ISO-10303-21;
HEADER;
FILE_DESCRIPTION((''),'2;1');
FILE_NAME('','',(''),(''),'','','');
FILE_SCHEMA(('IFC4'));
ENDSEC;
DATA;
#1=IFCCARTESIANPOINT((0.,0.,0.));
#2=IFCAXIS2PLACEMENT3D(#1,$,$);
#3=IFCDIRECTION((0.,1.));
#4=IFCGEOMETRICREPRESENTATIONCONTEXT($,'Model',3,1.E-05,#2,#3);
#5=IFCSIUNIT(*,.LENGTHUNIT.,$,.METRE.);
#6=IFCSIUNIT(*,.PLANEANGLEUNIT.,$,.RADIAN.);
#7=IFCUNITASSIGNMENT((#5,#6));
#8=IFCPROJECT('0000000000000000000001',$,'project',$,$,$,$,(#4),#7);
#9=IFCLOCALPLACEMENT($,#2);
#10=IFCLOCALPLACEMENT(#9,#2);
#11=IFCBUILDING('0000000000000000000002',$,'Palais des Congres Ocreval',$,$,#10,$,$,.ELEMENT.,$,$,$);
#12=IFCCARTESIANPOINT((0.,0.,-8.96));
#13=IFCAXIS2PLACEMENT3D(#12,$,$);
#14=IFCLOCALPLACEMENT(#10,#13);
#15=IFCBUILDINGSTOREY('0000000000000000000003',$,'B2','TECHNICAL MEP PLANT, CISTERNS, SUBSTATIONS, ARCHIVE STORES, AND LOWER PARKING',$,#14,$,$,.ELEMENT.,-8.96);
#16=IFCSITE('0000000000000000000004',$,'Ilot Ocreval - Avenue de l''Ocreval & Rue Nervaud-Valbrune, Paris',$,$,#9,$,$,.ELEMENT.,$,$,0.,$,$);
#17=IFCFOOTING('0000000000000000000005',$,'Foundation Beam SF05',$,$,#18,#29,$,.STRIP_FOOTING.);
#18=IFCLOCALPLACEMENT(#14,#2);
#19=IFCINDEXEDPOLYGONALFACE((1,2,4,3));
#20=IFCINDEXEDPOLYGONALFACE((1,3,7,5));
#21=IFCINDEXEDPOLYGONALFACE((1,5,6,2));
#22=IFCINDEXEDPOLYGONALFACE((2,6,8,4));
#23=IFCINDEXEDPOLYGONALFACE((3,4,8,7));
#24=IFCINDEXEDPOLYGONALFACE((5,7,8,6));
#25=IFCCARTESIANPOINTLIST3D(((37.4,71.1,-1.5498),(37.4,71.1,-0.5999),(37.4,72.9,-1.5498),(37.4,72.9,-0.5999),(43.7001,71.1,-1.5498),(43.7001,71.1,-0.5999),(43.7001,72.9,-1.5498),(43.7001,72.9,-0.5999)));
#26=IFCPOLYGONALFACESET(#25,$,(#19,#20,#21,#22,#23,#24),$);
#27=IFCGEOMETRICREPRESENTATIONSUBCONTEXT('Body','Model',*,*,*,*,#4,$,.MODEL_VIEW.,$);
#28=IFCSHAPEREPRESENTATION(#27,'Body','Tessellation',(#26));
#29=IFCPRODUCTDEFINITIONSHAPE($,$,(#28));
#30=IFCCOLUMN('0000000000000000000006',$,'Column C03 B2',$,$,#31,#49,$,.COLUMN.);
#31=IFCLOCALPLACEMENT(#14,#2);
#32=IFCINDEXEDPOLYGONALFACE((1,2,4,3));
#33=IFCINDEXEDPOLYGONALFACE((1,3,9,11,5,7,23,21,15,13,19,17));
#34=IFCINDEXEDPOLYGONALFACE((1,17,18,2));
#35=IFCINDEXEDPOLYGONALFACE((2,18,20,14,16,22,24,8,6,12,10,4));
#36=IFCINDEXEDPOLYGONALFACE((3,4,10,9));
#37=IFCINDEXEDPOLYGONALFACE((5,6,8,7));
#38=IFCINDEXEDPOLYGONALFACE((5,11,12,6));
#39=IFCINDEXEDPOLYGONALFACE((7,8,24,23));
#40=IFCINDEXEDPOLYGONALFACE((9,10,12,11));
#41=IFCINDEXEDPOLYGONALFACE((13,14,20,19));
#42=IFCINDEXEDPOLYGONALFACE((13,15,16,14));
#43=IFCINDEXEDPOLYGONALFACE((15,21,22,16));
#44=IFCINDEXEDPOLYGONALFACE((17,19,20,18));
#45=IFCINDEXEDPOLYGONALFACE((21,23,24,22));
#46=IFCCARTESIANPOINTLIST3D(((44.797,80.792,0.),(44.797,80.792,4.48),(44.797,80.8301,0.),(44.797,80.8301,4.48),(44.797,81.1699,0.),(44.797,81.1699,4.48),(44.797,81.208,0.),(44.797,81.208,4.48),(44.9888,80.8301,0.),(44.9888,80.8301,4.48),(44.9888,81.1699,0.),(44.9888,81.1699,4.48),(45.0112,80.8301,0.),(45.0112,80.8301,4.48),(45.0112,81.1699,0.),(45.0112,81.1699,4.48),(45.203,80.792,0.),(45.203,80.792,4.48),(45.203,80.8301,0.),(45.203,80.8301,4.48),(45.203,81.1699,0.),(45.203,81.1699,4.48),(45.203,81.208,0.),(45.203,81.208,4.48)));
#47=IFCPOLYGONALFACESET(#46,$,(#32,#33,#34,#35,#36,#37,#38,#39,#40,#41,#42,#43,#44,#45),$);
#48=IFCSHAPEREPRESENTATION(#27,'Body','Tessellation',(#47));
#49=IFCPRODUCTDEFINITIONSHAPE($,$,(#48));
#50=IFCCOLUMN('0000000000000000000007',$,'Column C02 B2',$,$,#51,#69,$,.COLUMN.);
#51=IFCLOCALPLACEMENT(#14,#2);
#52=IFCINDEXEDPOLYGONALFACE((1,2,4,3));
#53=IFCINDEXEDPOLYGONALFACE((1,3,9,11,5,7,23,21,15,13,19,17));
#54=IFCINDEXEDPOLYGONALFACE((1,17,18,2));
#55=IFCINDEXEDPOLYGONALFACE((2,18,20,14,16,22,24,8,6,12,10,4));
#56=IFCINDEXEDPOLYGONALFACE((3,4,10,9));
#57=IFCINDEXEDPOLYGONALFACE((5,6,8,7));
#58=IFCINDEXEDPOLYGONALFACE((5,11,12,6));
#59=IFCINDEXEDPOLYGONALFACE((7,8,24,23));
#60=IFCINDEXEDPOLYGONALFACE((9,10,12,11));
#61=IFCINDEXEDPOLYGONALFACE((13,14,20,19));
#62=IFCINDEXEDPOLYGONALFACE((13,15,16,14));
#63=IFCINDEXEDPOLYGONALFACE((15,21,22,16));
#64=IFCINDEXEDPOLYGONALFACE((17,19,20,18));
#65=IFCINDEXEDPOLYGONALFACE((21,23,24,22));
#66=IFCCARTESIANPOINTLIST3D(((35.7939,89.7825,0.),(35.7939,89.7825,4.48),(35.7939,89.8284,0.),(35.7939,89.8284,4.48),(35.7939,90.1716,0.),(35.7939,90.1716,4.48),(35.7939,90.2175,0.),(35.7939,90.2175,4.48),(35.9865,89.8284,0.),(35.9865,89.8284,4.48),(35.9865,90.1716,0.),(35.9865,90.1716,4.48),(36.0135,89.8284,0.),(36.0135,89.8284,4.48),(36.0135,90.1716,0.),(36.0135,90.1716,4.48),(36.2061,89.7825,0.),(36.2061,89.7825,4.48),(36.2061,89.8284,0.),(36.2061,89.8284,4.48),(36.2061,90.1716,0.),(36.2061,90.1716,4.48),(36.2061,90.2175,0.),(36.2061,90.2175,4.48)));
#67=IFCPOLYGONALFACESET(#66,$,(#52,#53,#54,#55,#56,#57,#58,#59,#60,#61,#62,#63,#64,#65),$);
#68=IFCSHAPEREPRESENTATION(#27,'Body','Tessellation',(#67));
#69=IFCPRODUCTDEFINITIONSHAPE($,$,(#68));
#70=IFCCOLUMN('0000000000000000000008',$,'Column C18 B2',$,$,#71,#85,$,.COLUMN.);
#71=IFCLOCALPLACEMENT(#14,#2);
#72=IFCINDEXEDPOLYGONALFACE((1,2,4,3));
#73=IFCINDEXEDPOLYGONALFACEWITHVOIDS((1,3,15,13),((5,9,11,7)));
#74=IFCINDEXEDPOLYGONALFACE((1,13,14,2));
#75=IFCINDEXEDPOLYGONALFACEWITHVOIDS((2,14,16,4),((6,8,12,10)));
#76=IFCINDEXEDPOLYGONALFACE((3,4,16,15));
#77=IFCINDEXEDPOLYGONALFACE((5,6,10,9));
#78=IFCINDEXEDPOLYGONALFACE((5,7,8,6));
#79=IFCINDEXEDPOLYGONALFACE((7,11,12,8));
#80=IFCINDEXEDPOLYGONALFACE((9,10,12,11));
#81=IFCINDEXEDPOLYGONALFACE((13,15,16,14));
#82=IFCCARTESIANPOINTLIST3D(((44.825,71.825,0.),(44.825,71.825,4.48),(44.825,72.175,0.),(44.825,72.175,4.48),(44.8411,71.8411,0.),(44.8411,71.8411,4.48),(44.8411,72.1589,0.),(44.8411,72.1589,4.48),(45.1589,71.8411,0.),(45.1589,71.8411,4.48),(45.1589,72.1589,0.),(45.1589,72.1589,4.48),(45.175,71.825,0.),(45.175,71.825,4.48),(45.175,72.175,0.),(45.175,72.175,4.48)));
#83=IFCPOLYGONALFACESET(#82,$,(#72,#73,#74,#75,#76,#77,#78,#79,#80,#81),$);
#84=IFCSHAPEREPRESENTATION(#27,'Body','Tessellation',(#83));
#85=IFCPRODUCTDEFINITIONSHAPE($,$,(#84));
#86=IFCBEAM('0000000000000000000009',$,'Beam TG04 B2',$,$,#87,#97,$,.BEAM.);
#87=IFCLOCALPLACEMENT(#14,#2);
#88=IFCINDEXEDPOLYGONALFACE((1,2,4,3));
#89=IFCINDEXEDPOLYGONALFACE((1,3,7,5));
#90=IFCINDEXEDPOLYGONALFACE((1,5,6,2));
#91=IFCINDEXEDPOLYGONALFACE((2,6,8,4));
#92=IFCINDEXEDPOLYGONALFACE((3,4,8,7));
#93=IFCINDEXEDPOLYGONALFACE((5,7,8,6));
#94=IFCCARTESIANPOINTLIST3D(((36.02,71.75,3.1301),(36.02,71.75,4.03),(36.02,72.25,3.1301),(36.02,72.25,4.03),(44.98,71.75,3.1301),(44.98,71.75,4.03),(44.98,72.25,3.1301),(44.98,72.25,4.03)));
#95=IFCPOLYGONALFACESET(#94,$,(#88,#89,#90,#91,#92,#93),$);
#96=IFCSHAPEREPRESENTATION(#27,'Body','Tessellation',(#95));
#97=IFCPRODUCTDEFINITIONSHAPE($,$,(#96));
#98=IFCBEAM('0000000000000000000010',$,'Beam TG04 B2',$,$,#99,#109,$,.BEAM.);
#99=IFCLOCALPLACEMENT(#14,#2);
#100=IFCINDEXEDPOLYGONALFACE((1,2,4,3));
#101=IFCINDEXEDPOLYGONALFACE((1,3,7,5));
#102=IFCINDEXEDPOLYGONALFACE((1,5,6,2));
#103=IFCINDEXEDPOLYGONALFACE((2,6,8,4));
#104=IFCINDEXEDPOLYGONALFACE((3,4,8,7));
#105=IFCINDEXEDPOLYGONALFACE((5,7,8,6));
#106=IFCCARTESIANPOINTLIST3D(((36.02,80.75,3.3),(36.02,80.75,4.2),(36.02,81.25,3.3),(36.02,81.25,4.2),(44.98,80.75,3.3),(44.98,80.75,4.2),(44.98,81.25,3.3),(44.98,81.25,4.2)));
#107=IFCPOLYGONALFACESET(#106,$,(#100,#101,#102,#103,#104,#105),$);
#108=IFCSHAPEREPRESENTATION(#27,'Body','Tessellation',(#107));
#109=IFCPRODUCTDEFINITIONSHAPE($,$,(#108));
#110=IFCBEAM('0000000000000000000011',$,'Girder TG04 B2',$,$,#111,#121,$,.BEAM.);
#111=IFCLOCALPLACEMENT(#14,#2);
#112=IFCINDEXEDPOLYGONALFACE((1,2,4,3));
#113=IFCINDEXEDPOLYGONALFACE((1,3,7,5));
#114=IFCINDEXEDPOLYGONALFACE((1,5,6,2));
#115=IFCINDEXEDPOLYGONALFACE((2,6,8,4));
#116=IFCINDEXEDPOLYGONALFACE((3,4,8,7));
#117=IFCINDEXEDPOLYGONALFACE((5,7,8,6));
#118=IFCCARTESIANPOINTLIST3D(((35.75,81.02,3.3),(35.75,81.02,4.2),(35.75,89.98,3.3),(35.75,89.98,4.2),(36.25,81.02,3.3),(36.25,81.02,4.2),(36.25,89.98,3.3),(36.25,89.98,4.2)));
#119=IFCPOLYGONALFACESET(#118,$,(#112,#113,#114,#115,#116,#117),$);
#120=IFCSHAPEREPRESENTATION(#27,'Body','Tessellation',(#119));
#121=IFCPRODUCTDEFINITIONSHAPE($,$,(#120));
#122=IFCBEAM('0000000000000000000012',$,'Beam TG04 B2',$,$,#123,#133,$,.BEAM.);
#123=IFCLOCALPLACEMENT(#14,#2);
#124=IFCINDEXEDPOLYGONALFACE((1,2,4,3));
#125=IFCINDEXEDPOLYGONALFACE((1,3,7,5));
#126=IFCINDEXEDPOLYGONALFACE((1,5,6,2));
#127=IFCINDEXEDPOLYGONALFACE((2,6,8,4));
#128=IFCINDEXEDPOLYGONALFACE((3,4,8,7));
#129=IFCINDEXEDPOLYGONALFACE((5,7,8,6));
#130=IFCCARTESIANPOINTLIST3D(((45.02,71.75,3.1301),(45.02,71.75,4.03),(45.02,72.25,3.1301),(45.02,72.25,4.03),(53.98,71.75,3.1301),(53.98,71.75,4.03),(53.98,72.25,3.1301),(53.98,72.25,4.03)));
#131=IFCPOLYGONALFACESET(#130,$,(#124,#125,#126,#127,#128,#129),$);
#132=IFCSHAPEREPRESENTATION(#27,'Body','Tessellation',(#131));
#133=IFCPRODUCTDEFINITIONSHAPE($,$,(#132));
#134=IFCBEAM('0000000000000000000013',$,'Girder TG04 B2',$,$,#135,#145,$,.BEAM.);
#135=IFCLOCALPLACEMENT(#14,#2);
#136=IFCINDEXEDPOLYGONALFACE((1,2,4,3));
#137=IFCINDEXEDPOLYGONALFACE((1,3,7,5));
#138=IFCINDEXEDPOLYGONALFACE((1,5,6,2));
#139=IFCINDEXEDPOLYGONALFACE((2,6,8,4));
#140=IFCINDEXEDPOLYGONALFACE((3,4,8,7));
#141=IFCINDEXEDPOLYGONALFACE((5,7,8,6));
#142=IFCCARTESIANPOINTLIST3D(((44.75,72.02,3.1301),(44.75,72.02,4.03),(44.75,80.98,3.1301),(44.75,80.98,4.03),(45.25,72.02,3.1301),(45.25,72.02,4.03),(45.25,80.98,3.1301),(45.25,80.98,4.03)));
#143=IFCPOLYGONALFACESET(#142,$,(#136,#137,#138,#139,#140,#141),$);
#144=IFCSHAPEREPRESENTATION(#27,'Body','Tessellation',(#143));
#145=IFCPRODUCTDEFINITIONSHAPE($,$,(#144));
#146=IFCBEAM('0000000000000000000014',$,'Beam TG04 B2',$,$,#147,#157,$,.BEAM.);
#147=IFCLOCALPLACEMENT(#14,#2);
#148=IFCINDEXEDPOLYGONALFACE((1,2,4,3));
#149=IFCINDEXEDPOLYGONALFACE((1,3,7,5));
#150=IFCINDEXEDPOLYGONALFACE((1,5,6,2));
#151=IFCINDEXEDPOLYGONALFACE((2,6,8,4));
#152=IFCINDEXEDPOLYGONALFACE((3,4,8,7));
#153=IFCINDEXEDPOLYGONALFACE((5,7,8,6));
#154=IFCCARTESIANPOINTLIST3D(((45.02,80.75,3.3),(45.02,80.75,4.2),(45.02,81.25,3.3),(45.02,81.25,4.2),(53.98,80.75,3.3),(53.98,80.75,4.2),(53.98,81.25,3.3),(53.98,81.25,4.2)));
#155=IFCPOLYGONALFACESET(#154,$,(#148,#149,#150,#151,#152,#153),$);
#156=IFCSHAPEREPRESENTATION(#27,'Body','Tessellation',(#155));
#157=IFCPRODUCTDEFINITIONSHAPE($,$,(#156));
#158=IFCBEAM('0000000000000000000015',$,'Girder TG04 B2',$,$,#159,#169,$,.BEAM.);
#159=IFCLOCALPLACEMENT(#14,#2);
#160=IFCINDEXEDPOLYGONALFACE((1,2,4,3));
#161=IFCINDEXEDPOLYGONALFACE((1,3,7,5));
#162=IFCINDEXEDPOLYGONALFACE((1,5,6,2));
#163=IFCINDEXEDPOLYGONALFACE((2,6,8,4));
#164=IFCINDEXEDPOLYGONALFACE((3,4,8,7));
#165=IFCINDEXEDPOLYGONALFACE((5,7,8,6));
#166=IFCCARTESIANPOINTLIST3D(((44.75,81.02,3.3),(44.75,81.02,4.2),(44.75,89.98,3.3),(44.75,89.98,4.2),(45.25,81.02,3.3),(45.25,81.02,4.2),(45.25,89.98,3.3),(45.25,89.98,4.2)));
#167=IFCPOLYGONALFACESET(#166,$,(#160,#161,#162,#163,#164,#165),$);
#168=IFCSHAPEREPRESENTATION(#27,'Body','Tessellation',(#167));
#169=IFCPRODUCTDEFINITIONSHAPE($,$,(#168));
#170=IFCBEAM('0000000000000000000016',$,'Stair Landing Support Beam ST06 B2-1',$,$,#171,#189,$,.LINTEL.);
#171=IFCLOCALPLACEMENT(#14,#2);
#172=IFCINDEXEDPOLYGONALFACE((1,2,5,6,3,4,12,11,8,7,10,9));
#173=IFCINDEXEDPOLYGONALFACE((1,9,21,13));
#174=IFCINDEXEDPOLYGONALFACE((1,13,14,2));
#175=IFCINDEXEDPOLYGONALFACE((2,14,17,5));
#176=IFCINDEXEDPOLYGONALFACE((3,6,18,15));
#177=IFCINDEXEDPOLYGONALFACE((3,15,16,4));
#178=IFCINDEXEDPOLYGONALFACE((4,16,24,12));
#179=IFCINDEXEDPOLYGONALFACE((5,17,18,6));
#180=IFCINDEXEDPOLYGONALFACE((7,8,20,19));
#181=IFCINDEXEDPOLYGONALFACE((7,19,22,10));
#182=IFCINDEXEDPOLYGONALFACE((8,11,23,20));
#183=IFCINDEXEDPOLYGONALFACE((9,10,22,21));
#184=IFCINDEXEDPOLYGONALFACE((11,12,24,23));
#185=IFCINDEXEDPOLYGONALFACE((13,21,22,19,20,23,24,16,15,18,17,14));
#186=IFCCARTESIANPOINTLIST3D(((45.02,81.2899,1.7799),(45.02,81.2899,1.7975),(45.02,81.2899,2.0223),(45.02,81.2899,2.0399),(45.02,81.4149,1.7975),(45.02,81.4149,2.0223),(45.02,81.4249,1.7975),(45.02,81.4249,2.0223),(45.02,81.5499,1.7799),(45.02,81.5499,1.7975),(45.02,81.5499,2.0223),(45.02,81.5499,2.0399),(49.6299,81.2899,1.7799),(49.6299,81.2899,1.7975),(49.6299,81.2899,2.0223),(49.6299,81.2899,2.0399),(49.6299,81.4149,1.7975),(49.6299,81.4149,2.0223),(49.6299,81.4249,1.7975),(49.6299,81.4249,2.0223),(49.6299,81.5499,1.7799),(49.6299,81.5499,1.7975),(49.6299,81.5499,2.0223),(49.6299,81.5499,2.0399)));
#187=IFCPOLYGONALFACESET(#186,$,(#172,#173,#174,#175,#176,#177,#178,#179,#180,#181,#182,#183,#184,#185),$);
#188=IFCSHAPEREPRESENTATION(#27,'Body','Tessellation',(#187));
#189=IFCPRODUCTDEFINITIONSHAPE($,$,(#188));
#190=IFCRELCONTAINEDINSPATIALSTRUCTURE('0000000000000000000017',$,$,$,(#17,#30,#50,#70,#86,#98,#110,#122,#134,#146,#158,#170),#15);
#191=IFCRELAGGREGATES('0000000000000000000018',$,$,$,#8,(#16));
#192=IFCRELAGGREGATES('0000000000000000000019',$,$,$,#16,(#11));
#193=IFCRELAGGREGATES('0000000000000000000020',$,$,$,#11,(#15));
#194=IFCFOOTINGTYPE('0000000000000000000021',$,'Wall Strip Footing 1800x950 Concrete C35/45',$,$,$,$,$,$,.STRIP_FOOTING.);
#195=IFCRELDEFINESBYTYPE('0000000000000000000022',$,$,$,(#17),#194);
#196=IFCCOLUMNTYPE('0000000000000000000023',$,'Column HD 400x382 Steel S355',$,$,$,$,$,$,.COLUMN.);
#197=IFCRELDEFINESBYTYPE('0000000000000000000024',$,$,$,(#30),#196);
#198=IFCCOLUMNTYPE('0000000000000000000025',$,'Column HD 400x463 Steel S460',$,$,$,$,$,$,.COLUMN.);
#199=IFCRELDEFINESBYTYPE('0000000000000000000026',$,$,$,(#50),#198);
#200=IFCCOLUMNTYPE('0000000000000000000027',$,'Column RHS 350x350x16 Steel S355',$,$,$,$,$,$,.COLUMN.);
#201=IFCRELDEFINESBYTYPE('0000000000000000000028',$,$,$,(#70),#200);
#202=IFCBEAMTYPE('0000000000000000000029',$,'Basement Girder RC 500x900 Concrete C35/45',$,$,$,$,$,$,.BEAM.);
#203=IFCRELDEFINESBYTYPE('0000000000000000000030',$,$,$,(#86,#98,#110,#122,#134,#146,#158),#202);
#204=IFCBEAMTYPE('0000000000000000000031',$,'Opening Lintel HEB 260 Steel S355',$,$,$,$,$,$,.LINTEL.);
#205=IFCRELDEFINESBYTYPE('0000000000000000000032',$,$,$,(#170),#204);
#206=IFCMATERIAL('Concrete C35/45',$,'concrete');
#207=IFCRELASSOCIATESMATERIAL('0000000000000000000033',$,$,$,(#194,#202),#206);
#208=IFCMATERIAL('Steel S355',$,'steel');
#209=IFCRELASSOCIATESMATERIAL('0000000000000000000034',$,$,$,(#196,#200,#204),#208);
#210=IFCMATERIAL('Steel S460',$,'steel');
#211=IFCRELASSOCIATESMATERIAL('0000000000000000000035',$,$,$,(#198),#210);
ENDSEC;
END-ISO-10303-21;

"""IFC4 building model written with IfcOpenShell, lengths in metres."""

from ifc_helpers import new_model, si_unit, direction, frame, origin, origin_2d, place, context, subcontext, project, spatial, rectangle, hollow_rectangle, i_section, extrude, material, material_profile, profile_set, type_object, element, save


model = new_model("IFC4")

# Units and contexts
model_context = context("Model", 3, precision=1e-05, world=origin(), true_north=direction((0.0, 1.0)))
body_context = subcontext(model_context, "Body", "Model", "MODEL_VIEW")
ifc_project = project(units=[si_unit("LENGTHUNIT", "METRE"), si_unit("PLANEANGLEUNIT", "RADIAN")], contexts=[model_context])

# Site, building, storey
site_placement = place(None, origin())
site = spatial("IfcSite", under=ifc_project, at=site_placement, Name="Ilot Ocreval - Avenue de l'Ocreval & Rue Nervaud-Valbrune, Paris", CompositionType="ELEMENT", RefElevation=0.0)
building_placement = place(site_placement, origin())
building = spatial("IfcBuilding", under=site, at=building_placement, Name="Palais des Congres Ocreval", CompositionType="ELEMENT")
storey_placement = place(building_placement, frame((0.0, 0.0, -8.96)))
storey = spatial("IfcBuildingStorey", under=building, at=storey_placement, Name="B2", Description="TECHNICAL MEP PLANT, CISTERNS, SUBSTATIONS, ARCHIVE STORES, AND LOWER PARKING", CompositionType="ELEMENT", Elevation=-8.96)

# Shared definitions
ifc_material_1 = material(Name="Concrete C35/45", Category="concrete")

# Footing
footing_type_1 = type_object("IfcFootingType", Name="Wall Strip Footing 1800x950 Concrete C35/45", PredefinedType="STRIP_FOOTING", material=ifc_material_1)
footing_1_placement = place(storey_placement, frame((40.55, 72.0, -1.5498), z_axis=(0.0, 0.0, 1.0), x_axis=(1.0, 0.0, 0.0)))
element("IfcFooting", 1, at=footing_1_placement, inside=storey, type_object=footing_type_1, Name="Foundation Beam SF05", PredefinedType="STRIP_FOOTING", context=body_context, shape_type="SweptSolid", body=[
    extrude(rectangle(XDim=6.3, YDim=1.8, at=origin_2d()), origin(), (0.0, 0.0, 1.0), 0.95),
])

# Columns
ifc_material_2 = material(Name="Steel S355", Category="steel")
ifc_material_profile_1 = material_profile(ifc_material_2, i_section(OverallWidth=0.406, OverallDepth=0.416, WebThickness=0.0225, FlangeThickness=0.0381, at=origin_2d()), Name="HD 400x382")
ifc_profile_set_1 = profile_set([ifc_material_profile_1], Name="Steel S355")
column_type_1 = type_object("IfcColumnType", Name="Column HD 400x382 Steel S355", PredefinedType="COLUMN", material=ifc_profile_set_1)
column_1_placement = place(storey_placement, frame((45.0, 81.0, 0.0), z_axis=(0.0, 0.0, 1.0), x_axis=(1.0, 0.0, 0.0)))
element("IfcColumn", 2, at=column_1_placement, inside=storey, type_object=column_type_1, Name="Column C03 B2", PredefinedType="COLUMN", context=body_context, shape_type="SweptSolid", body=[
    extrude(i_section(OverallWidth=0.406, OverallDepth=0.416, WebThickness=0.0225, FlangeThickness=0.0381, at=origin_2d()), origin(), (0.0, 0.0, 1.0), 4.48),
])
ifc_material_3 = material(Name="Steel S460", Category="steel")
ifc_material_profile_2 = material_profile(ifc_material_3, i_section(OverallWidth=0.4121, OverallDepth=0.4351, WebThickness=0.0271, FlangeThickness=0.0459, at=origin_2d()), Name="HD 400x463")
ifc_profile_set_2 = profile_set([ifc_material_profile_2], Name="Steel S460")
column_type_2 = type_object("IfcColumnType", Name="Column HD 400x463 Steel S460", PredefinedType="COLUMN", material=ifc_profile_set_2)
column_2_placement = place(storey_placement, frame((36.0, 90.0, 0.0), z_axis=(0.0, 0.0, 1.0), x_axis=(1.0, 0.0, 0.0)))
element("IfcColumn", 3, at=column_2_placement, inside=storey, type_object=column_type_2, Name="Column C02 B2", PredefinedType="COLUMN", context=body_context, shape_type="SweptSolid", body=[
    extrude(i_section(OverallWidth=0.4121, OverallDepth=0.4351, WebThickness=0.0271, FlangeThickness=0.0459, at=origin_2d()), origin(), (0.0, 0.0, 1.0), 4.48),
])
ifc_material_profile_3 = material_profile(ifc_material_2, hollow_rectangle(XDim=0.3501, YDim=0.3501, WallThickness=0.0161, at=origin_2d()), Name="RHS 350x350x16")
ifc_profile_set_3 = profile_set([ifc_material_profile_3], Name="Steel S355")
column_type_3 = type_object("IfcColumnType", Name="Column RHS 350x350x16 Steel S355", PredefinedType="COLUMN", material=ifc_profile_set_3)
column_3_placement = place(storey_placement, frame((45.0, 72.0, 0.0), z_axis=(0.0, 0.0, 1.0), x_axis=(1.0, 0.0, 0.0)))
element("IfcColumn", 4, at=column_3_placement, inside=storey, type_object=column_type_3, Name="Column C18 B2", PredefinedType="COLUMN", context=body_context, shape_type="SweptSolid", body=[
    extrude(hollow_rectangle(XDim=0.3501, YDim=0.3501, WallThickness=0.0161, at=origin_2d()), origin(), (0.0, 0.0, 1.0), 4.48),
])

# Beams
ifc_material_profile_4 = material_profile(ifc_material_1, rectangle(XDim=0.5, YDim=0.8999, at=origin_2d()), Name="RC 500x900")
ifc_profile_set_4 = profile_set([ifc_material_profile_4], Name="Concrete C35/45")
beam_type_1 = type_object("IfcBeamType", Name="Basement Girder RC 500x900 Concrete C35/45", PredefinedType="BEAM", material=ifc_profile_set_4)
for number, where, z_axis, x_axis, name in (
    (5, (36.02, 72.0, 3.5801), (1.0, 0.0, 0.0), (0.0, 1.0, 0.0), "Beam TG04 B2"),
    (6, (36.02, 81.0, 3.75), (1.0, 0.0, 0.0), (0.0, 1.0, 0.0), "Beam TG04 B2"),
    (7, (36.0, 81.02, 3.75), (0.0, 1.0, 0.0), (-1.0, 0.0, 0.0), "Girder TG04 B2"),
    (8, (45.02, 72.0, 3.5801), (1.0, 0.0, 0.0), (0.0, 1.0, 0.0), "Beam TG04 B2"),
    (9, (45.0, 72.02, 3.5801), (0.0, 1.0, 0.0), (-1.0, 0.0, 0.0), "Girder TG04 B2"),
    (10, (45.02, 81.0, 3.75), (1.0, 0.0, 0.0), (0.0, 1.0, 0.0), "Beam TG04 B2"),
    (11, (45.0, 81.02, 3.75), (0.0, 1.0, 0.0), (-1.0, 0.0, 0.0), "Girder TG04 B2"),
):
    element("IfcBeam", number, at=place(storey_placement, frame(where, z_axis=z_axis, x_axis=x_axis)), inside=storey, type_object=beam_type_1, Name=name, PredefinedType="BEAM", context=body_context, shape_type="SweptSolid", body=[
        extrude(rectangle(XDim=0.5, YDim=0.8999, at=origin_2d()), origin(), (0.0, 0.0, 1.0), 8.96),
    ])
ifc_material_profile_5 = material_profile(ifc_material_2, i_section(OverallWidth=0.26, OverallDepth=0.26, WebThickness=0.01, FlangeThickness=0.0176, at=origin_2d()), Name="HEB 260")
ifc_profile_set_5 = profile_set([ifc_material_profile_5], Name="Steel S355")
beam_type_2 = type_object("IfcBeamType", Name="Opening Lintel HEB 260 Steel S355", PredefinedType="LINTEL", material=ifc_profile_set_5)
for number, where, z_axis, x_axis, name in (
    (12, (45.02, 81.4199, 1.9099), (1.0, 0.0, 0.0), (0.0, 1.0, 0.0), "Stair Landing Support Beam ST06 B2-1"),
):
    element("IfcBeam", number, at=place(storey_placement, frame(where, z_axis=z_axis, x_axis=x_axis)), inside=storey, type_object=beam_type_2, Name=name, PredefinedType="LINTEL", context=body_context, shape_type="SweptSolid", body=[
        extrude(i_section(OverallWidth=0.26, OverallDepth=0.26, WebThickness=0.01, FlangeThickness=0.0176, at=origin_2d()), origin(), (0.0, 0.0, 1.0), 4.6099),
    ])

save(model, "model.ifc")
